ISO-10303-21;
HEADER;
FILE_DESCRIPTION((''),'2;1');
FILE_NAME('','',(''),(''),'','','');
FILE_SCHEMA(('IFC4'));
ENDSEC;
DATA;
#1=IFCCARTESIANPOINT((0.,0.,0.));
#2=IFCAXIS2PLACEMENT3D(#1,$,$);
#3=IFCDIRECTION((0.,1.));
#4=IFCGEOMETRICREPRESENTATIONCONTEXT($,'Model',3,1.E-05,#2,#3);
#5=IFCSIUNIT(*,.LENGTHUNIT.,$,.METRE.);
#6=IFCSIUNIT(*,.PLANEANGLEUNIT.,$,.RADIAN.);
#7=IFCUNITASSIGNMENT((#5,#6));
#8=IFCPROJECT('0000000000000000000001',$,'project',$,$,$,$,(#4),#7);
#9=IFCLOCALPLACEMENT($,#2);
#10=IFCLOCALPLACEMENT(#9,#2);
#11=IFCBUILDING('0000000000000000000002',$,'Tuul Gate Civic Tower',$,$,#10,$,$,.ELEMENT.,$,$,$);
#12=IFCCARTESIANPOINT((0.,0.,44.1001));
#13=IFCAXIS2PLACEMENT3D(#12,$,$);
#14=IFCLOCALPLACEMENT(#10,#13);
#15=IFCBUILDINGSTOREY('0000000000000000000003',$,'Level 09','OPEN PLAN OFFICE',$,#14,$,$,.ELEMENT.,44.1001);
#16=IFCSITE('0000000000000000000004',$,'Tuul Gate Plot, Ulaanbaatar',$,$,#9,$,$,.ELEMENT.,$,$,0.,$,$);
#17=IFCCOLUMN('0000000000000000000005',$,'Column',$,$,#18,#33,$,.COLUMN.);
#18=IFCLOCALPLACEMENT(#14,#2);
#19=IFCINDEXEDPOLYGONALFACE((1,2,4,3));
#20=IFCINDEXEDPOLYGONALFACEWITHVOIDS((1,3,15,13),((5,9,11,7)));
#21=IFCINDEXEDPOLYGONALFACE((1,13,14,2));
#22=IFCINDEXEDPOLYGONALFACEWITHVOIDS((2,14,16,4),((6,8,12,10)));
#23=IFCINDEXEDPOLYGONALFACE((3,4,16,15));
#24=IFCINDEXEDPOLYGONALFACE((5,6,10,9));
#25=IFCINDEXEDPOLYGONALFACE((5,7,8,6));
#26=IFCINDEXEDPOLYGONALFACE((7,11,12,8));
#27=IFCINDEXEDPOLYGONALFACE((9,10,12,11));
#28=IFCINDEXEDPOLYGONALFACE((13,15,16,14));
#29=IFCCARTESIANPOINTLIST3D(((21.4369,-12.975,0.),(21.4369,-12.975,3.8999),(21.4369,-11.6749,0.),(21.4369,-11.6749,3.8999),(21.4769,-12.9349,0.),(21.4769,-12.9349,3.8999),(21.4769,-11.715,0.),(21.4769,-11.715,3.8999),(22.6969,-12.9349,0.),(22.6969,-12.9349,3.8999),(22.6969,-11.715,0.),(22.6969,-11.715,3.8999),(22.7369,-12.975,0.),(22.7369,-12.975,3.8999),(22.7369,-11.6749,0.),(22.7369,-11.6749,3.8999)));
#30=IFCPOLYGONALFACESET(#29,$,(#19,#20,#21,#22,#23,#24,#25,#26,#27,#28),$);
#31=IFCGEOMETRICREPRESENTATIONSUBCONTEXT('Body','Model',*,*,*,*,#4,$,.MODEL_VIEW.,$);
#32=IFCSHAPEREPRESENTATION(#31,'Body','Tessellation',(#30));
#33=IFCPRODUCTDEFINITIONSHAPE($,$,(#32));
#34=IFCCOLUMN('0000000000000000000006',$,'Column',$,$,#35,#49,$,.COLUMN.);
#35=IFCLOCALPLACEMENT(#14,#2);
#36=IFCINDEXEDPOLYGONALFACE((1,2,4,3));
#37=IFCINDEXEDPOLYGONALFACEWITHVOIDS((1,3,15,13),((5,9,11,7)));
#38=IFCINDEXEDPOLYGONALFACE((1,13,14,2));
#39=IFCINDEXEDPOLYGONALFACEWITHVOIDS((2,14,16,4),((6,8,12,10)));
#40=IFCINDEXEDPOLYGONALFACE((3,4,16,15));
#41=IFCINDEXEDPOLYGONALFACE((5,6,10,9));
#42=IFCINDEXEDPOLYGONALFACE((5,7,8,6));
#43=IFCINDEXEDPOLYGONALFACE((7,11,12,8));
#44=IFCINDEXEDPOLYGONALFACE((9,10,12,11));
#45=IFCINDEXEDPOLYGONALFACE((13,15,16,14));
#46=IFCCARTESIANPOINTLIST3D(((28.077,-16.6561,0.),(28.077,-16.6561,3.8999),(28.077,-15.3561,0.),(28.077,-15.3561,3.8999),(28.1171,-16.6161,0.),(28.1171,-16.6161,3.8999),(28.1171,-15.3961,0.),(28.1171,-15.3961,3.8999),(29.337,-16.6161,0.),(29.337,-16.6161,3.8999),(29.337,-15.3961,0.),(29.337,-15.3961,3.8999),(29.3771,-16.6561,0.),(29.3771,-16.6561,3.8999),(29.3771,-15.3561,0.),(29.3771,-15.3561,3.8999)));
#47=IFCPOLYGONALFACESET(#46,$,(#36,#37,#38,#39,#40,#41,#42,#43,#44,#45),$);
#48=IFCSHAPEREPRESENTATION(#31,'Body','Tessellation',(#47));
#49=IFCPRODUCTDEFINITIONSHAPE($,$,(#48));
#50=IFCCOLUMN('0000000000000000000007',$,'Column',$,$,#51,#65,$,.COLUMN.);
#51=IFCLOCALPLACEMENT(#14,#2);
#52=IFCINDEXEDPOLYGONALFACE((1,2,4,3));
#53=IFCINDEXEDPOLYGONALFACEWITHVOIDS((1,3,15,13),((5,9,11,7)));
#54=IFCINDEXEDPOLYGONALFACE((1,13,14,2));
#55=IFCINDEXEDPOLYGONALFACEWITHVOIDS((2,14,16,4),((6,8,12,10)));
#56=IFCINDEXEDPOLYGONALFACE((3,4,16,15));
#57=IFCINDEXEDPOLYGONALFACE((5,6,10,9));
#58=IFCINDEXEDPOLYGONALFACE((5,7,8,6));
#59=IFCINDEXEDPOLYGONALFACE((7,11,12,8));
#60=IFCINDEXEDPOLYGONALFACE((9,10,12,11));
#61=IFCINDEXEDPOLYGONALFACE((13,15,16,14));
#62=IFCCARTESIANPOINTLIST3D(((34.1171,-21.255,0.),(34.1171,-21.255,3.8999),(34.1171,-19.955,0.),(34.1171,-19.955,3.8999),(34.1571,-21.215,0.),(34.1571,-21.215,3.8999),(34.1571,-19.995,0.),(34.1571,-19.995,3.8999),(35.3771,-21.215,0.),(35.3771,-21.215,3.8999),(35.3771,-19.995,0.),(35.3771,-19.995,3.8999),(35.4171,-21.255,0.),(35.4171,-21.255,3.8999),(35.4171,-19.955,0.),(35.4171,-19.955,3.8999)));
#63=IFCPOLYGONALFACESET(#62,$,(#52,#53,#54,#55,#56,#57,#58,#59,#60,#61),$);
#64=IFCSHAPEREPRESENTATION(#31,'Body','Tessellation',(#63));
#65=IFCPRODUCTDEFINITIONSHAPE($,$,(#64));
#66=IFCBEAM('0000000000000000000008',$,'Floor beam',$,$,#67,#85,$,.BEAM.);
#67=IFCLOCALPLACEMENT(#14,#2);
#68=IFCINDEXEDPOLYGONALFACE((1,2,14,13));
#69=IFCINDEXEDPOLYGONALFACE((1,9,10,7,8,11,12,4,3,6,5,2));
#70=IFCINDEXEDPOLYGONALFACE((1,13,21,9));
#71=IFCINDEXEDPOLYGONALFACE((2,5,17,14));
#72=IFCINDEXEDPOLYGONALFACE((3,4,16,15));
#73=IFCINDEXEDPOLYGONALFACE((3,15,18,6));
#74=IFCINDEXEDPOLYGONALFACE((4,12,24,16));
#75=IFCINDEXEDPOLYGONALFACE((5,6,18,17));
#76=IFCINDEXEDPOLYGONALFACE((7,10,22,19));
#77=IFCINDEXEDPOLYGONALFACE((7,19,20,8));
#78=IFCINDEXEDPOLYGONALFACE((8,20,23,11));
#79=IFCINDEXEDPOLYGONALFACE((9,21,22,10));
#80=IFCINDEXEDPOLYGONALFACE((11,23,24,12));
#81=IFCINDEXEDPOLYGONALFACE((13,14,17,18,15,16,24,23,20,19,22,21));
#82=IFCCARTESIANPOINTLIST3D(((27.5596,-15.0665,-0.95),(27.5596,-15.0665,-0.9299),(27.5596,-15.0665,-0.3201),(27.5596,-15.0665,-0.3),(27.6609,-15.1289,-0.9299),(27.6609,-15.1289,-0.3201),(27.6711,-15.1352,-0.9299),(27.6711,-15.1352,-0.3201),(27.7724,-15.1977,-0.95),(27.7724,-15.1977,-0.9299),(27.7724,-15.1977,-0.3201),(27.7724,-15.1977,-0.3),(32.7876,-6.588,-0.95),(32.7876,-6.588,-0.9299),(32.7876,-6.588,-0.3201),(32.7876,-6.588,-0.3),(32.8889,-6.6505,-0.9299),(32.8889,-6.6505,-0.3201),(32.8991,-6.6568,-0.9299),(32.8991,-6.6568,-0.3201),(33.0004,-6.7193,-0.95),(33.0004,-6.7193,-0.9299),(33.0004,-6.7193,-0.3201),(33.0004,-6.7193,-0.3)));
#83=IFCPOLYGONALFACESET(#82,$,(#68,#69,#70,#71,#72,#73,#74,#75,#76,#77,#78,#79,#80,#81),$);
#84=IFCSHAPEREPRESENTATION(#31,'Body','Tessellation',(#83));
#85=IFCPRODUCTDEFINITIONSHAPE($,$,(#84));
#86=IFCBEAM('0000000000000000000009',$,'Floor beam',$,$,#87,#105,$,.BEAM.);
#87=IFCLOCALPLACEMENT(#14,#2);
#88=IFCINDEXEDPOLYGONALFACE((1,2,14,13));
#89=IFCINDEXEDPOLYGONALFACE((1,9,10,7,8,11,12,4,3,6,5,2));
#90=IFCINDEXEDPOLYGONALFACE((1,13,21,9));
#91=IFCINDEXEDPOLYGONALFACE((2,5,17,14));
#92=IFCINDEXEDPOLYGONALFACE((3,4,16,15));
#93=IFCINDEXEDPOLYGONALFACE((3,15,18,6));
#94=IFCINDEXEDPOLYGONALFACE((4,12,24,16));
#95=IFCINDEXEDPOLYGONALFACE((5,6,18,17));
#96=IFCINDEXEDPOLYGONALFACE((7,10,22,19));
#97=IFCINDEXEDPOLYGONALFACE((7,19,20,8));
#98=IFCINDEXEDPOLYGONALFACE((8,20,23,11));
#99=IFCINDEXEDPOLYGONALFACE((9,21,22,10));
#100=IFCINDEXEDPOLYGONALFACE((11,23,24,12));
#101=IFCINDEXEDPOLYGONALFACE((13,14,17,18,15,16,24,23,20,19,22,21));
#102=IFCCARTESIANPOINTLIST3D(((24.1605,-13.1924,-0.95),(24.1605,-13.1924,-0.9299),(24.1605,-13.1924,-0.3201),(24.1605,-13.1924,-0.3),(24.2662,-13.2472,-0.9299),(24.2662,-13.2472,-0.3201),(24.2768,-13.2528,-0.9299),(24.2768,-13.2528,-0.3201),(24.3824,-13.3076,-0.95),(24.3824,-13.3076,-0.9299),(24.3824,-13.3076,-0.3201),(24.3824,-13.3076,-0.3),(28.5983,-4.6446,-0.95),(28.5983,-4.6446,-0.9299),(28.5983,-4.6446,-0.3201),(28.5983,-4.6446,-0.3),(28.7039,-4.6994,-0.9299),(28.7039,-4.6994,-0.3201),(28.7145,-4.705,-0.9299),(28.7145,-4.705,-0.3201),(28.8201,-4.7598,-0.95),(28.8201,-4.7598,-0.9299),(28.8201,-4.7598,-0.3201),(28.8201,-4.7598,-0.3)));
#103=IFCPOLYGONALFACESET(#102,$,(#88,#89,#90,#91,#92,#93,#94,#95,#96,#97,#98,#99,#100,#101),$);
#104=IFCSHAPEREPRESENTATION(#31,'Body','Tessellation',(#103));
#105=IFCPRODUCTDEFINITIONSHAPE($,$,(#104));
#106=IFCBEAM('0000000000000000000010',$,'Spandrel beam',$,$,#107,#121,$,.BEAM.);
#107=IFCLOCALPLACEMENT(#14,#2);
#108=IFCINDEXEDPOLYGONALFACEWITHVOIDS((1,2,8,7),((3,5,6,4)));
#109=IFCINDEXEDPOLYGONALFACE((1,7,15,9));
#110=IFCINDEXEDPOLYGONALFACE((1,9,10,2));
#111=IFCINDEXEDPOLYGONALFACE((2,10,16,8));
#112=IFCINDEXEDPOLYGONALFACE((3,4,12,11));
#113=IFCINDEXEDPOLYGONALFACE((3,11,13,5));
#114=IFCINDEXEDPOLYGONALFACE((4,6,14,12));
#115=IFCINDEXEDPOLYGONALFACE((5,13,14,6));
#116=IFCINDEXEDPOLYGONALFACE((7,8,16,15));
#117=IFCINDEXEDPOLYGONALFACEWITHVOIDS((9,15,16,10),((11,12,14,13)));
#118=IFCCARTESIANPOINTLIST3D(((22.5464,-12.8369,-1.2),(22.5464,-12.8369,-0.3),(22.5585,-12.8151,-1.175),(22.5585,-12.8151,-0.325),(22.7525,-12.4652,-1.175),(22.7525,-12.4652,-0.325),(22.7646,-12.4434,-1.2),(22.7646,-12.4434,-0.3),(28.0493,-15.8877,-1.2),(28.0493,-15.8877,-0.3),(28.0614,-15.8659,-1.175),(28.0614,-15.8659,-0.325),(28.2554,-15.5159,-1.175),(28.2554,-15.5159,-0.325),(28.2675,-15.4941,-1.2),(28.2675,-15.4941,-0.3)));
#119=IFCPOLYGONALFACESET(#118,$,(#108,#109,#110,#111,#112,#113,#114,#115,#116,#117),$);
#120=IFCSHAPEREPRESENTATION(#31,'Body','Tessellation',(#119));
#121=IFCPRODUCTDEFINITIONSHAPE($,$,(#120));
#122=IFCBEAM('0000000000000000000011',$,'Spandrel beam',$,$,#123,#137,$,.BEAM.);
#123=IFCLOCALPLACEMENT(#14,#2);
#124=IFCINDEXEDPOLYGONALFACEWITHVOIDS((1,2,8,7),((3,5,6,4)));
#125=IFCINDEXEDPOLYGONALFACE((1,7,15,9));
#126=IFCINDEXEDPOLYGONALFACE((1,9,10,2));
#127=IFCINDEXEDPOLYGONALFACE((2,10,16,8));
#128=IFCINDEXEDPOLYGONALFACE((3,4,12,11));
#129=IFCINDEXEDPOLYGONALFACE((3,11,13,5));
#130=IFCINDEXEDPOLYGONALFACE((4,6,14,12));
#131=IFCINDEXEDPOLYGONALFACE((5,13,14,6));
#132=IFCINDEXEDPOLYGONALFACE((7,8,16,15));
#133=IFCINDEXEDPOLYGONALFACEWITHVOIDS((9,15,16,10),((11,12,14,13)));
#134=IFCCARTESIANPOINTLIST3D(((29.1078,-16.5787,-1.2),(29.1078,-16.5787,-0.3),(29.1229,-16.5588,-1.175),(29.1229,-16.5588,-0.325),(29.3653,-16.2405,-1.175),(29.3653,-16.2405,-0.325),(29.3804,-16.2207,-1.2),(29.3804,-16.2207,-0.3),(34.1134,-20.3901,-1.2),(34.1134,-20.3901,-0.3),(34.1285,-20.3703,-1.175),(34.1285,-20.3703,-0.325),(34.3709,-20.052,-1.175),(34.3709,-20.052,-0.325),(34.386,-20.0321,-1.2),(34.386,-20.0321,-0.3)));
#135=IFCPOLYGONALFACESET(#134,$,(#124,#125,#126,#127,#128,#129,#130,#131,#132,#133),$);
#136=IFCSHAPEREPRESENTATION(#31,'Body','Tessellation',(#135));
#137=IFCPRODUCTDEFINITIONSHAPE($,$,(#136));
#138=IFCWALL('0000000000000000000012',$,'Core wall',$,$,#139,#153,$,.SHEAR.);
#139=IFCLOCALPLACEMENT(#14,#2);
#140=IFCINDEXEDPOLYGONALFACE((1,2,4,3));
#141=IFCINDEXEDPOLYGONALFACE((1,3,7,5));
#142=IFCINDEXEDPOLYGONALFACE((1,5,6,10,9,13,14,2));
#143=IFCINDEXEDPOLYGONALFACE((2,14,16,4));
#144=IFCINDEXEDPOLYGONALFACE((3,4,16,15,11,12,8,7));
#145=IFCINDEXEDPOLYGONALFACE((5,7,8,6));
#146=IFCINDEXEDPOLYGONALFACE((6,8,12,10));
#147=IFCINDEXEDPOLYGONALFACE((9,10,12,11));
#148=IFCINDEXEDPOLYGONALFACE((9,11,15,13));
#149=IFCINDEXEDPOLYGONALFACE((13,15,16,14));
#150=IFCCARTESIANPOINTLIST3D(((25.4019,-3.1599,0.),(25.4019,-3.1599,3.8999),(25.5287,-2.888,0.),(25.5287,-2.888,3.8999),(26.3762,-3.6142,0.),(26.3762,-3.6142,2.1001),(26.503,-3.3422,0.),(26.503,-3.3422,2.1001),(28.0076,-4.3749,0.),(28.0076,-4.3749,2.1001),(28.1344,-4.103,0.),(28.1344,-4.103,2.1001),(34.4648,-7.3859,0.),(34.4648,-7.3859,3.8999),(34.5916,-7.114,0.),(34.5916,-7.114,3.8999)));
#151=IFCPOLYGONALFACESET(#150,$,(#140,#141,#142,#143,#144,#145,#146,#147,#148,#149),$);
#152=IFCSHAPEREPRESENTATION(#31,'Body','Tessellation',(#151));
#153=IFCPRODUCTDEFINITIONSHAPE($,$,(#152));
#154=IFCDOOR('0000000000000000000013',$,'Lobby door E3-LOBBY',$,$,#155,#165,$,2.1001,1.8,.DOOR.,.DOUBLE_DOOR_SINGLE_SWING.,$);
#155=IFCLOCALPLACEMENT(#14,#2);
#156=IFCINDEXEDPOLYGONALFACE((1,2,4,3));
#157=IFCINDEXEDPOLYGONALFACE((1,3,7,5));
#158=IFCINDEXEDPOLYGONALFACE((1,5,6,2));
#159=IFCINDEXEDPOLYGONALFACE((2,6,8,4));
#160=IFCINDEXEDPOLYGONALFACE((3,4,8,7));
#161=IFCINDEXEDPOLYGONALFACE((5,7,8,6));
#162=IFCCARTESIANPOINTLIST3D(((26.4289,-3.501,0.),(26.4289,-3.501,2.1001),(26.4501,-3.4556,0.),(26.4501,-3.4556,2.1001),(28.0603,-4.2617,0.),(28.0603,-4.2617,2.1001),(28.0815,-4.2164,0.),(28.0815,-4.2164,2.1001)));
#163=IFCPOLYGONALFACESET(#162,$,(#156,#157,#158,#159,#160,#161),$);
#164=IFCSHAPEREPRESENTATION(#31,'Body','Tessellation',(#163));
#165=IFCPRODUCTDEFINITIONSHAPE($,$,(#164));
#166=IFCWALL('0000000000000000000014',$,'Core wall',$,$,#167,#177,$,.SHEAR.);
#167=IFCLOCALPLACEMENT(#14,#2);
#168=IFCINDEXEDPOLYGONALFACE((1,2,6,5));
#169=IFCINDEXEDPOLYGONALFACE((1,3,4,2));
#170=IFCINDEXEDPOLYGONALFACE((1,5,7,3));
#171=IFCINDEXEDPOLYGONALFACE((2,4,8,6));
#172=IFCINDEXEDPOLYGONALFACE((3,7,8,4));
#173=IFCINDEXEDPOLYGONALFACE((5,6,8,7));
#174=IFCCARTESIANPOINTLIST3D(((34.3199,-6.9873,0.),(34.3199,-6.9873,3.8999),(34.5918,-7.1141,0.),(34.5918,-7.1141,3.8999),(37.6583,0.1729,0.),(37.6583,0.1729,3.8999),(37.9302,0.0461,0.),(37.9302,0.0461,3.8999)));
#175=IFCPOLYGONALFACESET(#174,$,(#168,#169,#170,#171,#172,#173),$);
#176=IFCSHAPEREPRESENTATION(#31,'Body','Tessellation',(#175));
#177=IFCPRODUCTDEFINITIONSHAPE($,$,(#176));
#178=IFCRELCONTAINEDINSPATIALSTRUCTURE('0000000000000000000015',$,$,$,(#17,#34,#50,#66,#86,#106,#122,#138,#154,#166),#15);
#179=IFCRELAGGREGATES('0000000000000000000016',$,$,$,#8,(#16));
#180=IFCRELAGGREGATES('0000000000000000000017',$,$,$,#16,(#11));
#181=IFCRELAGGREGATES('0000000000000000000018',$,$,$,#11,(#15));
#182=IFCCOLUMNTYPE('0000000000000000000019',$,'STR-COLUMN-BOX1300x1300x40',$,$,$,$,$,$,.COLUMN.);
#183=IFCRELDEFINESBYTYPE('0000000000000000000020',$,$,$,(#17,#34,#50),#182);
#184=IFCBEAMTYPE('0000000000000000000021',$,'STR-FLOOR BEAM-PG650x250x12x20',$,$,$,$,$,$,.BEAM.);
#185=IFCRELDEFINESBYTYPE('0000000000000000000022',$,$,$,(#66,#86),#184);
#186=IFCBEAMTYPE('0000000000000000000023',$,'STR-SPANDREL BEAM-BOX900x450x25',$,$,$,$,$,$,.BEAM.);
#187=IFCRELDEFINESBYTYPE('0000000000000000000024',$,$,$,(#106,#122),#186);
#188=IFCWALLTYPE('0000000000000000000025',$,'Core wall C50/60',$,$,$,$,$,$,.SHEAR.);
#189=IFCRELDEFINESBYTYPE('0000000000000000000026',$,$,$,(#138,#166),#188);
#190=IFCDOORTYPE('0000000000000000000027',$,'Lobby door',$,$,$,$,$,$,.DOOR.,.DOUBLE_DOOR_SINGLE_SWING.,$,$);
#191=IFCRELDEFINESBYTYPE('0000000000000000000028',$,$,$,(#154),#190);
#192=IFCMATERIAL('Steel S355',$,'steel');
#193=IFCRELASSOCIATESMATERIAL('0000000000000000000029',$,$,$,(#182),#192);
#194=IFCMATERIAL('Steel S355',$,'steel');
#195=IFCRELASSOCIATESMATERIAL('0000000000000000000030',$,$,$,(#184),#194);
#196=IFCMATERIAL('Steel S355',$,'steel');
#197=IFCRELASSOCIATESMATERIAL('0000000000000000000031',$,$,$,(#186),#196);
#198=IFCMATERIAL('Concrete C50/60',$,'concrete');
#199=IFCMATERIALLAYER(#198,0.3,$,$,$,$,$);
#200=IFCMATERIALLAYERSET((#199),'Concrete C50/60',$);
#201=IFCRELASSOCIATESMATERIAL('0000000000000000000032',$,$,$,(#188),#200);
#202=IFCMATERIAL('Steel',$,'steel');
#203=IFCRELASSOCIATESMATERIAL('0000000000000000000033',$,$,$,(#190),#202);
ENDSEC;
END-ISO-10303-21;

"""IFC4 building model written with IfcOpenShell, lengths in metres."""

from ifc_helpers import new_model, si_unit, direction, frame, frame_2d, origin, origin_2d, place, context, subcontext, project, spatial, rectangle, hollow_rectangle, i_section, extrude, material, layer, layer_set, material_profile, profile_set, type_object, element, fill, save


model = new_model("IFC4")

# Units and contexts
model_context = context("Model", 3, precision=1e-05, world=origin(), true_north=direction((0.0, 1.0)))
body_context = subcontext(model_context, "Body", "Model", "MODEL_VIEW")
ifc_project = project(units=[si_unit("LENGTHUNIT", "METRE"), si_unit("PLANEANGLEUNIT", "RADIAN")], contexts=[model_context])

# Site, building, storey
site_placement = place(None, origin())
site = spatial("IfcSite", under=ifc_project, at=site_placement, Name="Tuul Gate Plot, Ulaanbaatar", CompositionType="ELEMENT", RefElevation=0.0)
building_placement = place(site_placement, origin())
building = spatial("IfcBuilding", under=site, at=building_placement, Name="Tuul Gate Civic Tower", CompositionType="ELEMENT")
storey_placement = place(building_placement, frame((0.0, 0.0, 44.1001)))
storey = spatial("IfcBuildingStorey", under=building, at=storey_placement, Name="Level 09", Description="OPEN PLAN OFFICE", CompositionType="ELEMENT", Elevation=44.1001)

# Columns
ifc_material_1 = material(Name="Steel S355", Category="steel")
ifc_material_profile_1 = material_profile(ifc_material_1, hollow_rectangle(XDim=1.3, YDim=1.3, WallThickness=0.04, at=origin_2d()), Name="BOX1300x1300x40")
ifc_profile_set_1 = profile_set([ifc_material_profile_1], Name="Steel S355")
column_type = type_object("IfcColumnType", Name="STR-COLUMN-BOX1300x1300x40", PredefinedType="COLUMN", material=ifc_profile_set_1)
for number, where, z_axis, x_axis, name in (
    (1, (22.0869, -12.325, 0.0), (0.0, 0.0, 1.0), (1.0, 0.0, 0.0), "Column"),
    (2, (28.7271, -16.0061, 0.0), (0.0, 0.0, 1.0), (1.0, 0.0, 0.0), "Column"),
    (3, (34.7671, -20.605, 0.0), (0.0, 0.0, 1.0), (1.0, 0.0, 0.0), "Column"),
):
    element("IfcColumn", number, at=place(storey_placement, frame(where, z_axis=z_axis, x_axis=x_axis)), inside=storey, type_object=column_type, Name=name, PredefinedType="COLUMN", context=body_context, shape_type="SweptSolid", body=[
        extrude(hollow_rectangle(XDim=1.3, YDim=1.3, WallThickness=0.04, at=origin_2d()), origin(), (0.0, 0.0, 1.0), 3.8999),
    ])

# Beams
ifc_material_2 = material(Name="Steel S355", Category="steel")
ifc_material_profile_2 = material_profile(ifc_material_2, i_section(OverallWidth=0.25, OverallDepth=0.6499, WebThickness=0.012, FlangeThickness=0.02, at=origin_2d()), Name="PG650x250x12x20")
ifc_profile_set_2 = profile_set([ifc_material_profile_2], Name="Steel S355")
beam_type_1 = type_object("IfcBeamType", Name="STR-FLOOR BEAM-PG650x250x12x20", PredefinedType="BEAM", material=ifc_profile_set_2)
beam_1_placement = place(storey_placement, frame((27.666, -15.1321, -0.625), z_axis=(0.52486, 0.851188, 0.0), x_axis=(-0.851188, 0.52486, 0.0)))
element("IfcBeam", 4, at=beam_1_placement, inside=storey, type_object=beam_type_1, Name="Floor beam", PredefinedType="BEAM", context=body_context, shape_type="SweptSolid", body=[
    extrude(i_section(OverallWidth=0.25, OverallDepth=0.6499, WebThickness=0.012, FlangeThickness=0.02, at=origin_2d()), origin(), (0.0, 0.0, 1.0), 9.9607),
])
beam_2_placement = place(storey_placement, frame((24.2715, -13.25, -0.625), z_axis=(0.460769, 0.88752, 0.0), x_axis=(-0.88752, 0.460769, 0.0)))
element("IfcBeam", 5, at=beam_2_placement, inside=storey, type_object=beam_type_1, Name="Floor beam", PredefinedType="BEAM", context=body_context, shape_type="SweptSolid", body=[
    extrude(i_section(OverallWidth=0.25, OverallDepth=0.6499, WebThickness=0.012, FlangeThickness=0.02, at=origin_2d()), origin(), (0.0, 0.0, 1.0), 9.6311),
])
ifc_material_3 = material(Name="Steel S355", Category="steel")
ifc_material_profile_3 = material_profile(ifc_material_3, hollow_rectangle(XDim=0.45, YDim=0.8999, WallThickness=0.0249, at=origin_2d()), Name="BOX900x450x25")
ifc_profile_set_3 = profile_set([ifc_material_profile_3], Name="Steel S355")
beam_type_2 = type_object("IfcBeamType", Name="STR-SPANDREL BEAM-BOX900x450x25", PredefinedType="BEAM", material=ifc_profile_set_3)
beam_3_placement = place(storey_placement, frame((22.6555, -12.6401, -0.75), z_axis=(0.874589, -0.484865, 0.0), x_axis=(0.484865, 0.874589, 0.0)))
element("IfcBeam", 6, at=beam_3_placement, inside=storey, type_object=beam_type_2, Name="Spandrel beam", PredefinedType="BEAM", context=body_context, shape_type="SweptSolid", body=[
    extrude(hollow_rectangle(XDim=0.45, YDim=0.8999, WallThickness=0.0249, at=origin_2d()), origin(), (0.0, 0.0, 1.0), 6.292),
])
beam_4_placement = place(storey_placement, frame((29.2441, -16.3997, -0.75), z_axis=(0.795606, -0.605814, 0.0), x_axis=(0.605814, 0.795606, 0.0)))
element("IfcBeam", 7, at=beam_4_placement, inside=storey, type_object=beam_type_2, Name="Spandrel beam", PredefinedType="BEAM", context=body_context, shape_type="SweptSolid", body=[
    extrude(hollow_rectangle(XDim=0.45, YDim=0.8999, WallThickness=0.0249, at=origin_2d()), origin(), (0.0, 0.0, 1.0), 6.2915),
])

# Wall, opening, door
ifc_material_4 = material(Name="Concrete C50/60", Category="concrete")
ifc_layer_1 = layer(ifc_material_4, 0.3)
ifc_layer_set_1 = layer_set([ifc_layer_1], Name="Concrete C50/60")
wall_type_1 = type_object("IfcWallType", Name="Core wall C50/60", PredefinedType="SHEAR", material=ifc_layer_set_1)
wall_1_placement = place(storey_placement, frame((34.5283, -7.25, 0.0), z_axis=(0.0, 0.0, 1.0), x_axis=(-0.90631, 0.422613, 0.0)))
wall_1 = element("IfcWall", 8, at=wall_1_placement, inside=storey, type_object=wall_type_1, Name="Core wall", PredefinedType="SHEAR", context=body_context, shape_type="SweptSolid", body=[
    extrude(rectangle(XDim=9.9998, YDim=0.3, at=frame_2d((5.0, 0.0))), origin(), (0.0, 0.0, 1.0), 3.8999),
])
opening_1_placement = place(wall_1_placement, frame((7.125, 0.0, 0.0)))
opening_1 = element("IfcOpeningElement", 9, at=opening_1_placement, cuts=wall_1, PredefinedType="OPENING", context=body_context, shape_type="SweptSolid", body=[
    extrude(rectangle(XDim=1.8, YDim=2.1001, at=frame_2d((0.8999, 1.05))), frame((0.0, 0.1602, 0.0), z_axis=(0.0, -1.0, 0.0), x_axis=(1.0, 0.0, 0.0)), (0.0, 0.0, 1.0), 0.3201),
])
ifc_material_5 = material(Name="Steel", Category="steel")
door_type_1 = type_object("IfcDoorType", Name="Lobby door", OperationType="DOUBLE_DOOR_SINGLE_SWING", PredefinedType="DOOR", material=ifc_material_5)
door_1_placement = place(opening_1_placement, frame((1.8, 0.0, 0.0), z_axis=(0.0, 0.0, 1.0), x_axis=(-1.0, 0.0, 0.0)))
door_1 = element("IfcDoor", 10, at=door_1_placement, inside=storey, type_object=door_type_1, Name="Lobby door E3-LOBBY", OperationType="DOUBLE_DOOR_SINGLE_SWING", OverallHeight=2.1001, OverallWidth=1.8, PredefinedType="DOOR", context=body_context, shape_type="SweptSolid", body=[
    extrude(rectangle(XDim=1.8, YDim=2.1001, at=frame_2d((0.9001, 1.05))), frame((0.0, 0.0249, 0.0), z_axis=(0.0, -1.0, 0.0), x_axis=(1.0, 0.0, 0.0)), (0.0, 0.0, 1.0), 0.05),
])
fill(opening_1, door_1)

# Wall
wall_2_placement = place(storey_placement, frame((34.4558, -7.0508, 0.0), z_axis=(0.0, 0.0, 1.0), x_axis=(0.422571, 0.90633, 0.0)))
element("IfcWall", 11, at=wall_2_placement, inside=storey, type_object=wall_type_1, Name="Core wall", PredefinedType="SHEAR", context=body_context, shape_type="SweptSolid", body=[
    extrude(rectangle(XDim=7.9001, YDim=0.3, at=frame_2d((3.9502, 0.0))), origin(), (0.0, 0.0, 1.0), 3.8999),
])

save(model, "model.ifc")
